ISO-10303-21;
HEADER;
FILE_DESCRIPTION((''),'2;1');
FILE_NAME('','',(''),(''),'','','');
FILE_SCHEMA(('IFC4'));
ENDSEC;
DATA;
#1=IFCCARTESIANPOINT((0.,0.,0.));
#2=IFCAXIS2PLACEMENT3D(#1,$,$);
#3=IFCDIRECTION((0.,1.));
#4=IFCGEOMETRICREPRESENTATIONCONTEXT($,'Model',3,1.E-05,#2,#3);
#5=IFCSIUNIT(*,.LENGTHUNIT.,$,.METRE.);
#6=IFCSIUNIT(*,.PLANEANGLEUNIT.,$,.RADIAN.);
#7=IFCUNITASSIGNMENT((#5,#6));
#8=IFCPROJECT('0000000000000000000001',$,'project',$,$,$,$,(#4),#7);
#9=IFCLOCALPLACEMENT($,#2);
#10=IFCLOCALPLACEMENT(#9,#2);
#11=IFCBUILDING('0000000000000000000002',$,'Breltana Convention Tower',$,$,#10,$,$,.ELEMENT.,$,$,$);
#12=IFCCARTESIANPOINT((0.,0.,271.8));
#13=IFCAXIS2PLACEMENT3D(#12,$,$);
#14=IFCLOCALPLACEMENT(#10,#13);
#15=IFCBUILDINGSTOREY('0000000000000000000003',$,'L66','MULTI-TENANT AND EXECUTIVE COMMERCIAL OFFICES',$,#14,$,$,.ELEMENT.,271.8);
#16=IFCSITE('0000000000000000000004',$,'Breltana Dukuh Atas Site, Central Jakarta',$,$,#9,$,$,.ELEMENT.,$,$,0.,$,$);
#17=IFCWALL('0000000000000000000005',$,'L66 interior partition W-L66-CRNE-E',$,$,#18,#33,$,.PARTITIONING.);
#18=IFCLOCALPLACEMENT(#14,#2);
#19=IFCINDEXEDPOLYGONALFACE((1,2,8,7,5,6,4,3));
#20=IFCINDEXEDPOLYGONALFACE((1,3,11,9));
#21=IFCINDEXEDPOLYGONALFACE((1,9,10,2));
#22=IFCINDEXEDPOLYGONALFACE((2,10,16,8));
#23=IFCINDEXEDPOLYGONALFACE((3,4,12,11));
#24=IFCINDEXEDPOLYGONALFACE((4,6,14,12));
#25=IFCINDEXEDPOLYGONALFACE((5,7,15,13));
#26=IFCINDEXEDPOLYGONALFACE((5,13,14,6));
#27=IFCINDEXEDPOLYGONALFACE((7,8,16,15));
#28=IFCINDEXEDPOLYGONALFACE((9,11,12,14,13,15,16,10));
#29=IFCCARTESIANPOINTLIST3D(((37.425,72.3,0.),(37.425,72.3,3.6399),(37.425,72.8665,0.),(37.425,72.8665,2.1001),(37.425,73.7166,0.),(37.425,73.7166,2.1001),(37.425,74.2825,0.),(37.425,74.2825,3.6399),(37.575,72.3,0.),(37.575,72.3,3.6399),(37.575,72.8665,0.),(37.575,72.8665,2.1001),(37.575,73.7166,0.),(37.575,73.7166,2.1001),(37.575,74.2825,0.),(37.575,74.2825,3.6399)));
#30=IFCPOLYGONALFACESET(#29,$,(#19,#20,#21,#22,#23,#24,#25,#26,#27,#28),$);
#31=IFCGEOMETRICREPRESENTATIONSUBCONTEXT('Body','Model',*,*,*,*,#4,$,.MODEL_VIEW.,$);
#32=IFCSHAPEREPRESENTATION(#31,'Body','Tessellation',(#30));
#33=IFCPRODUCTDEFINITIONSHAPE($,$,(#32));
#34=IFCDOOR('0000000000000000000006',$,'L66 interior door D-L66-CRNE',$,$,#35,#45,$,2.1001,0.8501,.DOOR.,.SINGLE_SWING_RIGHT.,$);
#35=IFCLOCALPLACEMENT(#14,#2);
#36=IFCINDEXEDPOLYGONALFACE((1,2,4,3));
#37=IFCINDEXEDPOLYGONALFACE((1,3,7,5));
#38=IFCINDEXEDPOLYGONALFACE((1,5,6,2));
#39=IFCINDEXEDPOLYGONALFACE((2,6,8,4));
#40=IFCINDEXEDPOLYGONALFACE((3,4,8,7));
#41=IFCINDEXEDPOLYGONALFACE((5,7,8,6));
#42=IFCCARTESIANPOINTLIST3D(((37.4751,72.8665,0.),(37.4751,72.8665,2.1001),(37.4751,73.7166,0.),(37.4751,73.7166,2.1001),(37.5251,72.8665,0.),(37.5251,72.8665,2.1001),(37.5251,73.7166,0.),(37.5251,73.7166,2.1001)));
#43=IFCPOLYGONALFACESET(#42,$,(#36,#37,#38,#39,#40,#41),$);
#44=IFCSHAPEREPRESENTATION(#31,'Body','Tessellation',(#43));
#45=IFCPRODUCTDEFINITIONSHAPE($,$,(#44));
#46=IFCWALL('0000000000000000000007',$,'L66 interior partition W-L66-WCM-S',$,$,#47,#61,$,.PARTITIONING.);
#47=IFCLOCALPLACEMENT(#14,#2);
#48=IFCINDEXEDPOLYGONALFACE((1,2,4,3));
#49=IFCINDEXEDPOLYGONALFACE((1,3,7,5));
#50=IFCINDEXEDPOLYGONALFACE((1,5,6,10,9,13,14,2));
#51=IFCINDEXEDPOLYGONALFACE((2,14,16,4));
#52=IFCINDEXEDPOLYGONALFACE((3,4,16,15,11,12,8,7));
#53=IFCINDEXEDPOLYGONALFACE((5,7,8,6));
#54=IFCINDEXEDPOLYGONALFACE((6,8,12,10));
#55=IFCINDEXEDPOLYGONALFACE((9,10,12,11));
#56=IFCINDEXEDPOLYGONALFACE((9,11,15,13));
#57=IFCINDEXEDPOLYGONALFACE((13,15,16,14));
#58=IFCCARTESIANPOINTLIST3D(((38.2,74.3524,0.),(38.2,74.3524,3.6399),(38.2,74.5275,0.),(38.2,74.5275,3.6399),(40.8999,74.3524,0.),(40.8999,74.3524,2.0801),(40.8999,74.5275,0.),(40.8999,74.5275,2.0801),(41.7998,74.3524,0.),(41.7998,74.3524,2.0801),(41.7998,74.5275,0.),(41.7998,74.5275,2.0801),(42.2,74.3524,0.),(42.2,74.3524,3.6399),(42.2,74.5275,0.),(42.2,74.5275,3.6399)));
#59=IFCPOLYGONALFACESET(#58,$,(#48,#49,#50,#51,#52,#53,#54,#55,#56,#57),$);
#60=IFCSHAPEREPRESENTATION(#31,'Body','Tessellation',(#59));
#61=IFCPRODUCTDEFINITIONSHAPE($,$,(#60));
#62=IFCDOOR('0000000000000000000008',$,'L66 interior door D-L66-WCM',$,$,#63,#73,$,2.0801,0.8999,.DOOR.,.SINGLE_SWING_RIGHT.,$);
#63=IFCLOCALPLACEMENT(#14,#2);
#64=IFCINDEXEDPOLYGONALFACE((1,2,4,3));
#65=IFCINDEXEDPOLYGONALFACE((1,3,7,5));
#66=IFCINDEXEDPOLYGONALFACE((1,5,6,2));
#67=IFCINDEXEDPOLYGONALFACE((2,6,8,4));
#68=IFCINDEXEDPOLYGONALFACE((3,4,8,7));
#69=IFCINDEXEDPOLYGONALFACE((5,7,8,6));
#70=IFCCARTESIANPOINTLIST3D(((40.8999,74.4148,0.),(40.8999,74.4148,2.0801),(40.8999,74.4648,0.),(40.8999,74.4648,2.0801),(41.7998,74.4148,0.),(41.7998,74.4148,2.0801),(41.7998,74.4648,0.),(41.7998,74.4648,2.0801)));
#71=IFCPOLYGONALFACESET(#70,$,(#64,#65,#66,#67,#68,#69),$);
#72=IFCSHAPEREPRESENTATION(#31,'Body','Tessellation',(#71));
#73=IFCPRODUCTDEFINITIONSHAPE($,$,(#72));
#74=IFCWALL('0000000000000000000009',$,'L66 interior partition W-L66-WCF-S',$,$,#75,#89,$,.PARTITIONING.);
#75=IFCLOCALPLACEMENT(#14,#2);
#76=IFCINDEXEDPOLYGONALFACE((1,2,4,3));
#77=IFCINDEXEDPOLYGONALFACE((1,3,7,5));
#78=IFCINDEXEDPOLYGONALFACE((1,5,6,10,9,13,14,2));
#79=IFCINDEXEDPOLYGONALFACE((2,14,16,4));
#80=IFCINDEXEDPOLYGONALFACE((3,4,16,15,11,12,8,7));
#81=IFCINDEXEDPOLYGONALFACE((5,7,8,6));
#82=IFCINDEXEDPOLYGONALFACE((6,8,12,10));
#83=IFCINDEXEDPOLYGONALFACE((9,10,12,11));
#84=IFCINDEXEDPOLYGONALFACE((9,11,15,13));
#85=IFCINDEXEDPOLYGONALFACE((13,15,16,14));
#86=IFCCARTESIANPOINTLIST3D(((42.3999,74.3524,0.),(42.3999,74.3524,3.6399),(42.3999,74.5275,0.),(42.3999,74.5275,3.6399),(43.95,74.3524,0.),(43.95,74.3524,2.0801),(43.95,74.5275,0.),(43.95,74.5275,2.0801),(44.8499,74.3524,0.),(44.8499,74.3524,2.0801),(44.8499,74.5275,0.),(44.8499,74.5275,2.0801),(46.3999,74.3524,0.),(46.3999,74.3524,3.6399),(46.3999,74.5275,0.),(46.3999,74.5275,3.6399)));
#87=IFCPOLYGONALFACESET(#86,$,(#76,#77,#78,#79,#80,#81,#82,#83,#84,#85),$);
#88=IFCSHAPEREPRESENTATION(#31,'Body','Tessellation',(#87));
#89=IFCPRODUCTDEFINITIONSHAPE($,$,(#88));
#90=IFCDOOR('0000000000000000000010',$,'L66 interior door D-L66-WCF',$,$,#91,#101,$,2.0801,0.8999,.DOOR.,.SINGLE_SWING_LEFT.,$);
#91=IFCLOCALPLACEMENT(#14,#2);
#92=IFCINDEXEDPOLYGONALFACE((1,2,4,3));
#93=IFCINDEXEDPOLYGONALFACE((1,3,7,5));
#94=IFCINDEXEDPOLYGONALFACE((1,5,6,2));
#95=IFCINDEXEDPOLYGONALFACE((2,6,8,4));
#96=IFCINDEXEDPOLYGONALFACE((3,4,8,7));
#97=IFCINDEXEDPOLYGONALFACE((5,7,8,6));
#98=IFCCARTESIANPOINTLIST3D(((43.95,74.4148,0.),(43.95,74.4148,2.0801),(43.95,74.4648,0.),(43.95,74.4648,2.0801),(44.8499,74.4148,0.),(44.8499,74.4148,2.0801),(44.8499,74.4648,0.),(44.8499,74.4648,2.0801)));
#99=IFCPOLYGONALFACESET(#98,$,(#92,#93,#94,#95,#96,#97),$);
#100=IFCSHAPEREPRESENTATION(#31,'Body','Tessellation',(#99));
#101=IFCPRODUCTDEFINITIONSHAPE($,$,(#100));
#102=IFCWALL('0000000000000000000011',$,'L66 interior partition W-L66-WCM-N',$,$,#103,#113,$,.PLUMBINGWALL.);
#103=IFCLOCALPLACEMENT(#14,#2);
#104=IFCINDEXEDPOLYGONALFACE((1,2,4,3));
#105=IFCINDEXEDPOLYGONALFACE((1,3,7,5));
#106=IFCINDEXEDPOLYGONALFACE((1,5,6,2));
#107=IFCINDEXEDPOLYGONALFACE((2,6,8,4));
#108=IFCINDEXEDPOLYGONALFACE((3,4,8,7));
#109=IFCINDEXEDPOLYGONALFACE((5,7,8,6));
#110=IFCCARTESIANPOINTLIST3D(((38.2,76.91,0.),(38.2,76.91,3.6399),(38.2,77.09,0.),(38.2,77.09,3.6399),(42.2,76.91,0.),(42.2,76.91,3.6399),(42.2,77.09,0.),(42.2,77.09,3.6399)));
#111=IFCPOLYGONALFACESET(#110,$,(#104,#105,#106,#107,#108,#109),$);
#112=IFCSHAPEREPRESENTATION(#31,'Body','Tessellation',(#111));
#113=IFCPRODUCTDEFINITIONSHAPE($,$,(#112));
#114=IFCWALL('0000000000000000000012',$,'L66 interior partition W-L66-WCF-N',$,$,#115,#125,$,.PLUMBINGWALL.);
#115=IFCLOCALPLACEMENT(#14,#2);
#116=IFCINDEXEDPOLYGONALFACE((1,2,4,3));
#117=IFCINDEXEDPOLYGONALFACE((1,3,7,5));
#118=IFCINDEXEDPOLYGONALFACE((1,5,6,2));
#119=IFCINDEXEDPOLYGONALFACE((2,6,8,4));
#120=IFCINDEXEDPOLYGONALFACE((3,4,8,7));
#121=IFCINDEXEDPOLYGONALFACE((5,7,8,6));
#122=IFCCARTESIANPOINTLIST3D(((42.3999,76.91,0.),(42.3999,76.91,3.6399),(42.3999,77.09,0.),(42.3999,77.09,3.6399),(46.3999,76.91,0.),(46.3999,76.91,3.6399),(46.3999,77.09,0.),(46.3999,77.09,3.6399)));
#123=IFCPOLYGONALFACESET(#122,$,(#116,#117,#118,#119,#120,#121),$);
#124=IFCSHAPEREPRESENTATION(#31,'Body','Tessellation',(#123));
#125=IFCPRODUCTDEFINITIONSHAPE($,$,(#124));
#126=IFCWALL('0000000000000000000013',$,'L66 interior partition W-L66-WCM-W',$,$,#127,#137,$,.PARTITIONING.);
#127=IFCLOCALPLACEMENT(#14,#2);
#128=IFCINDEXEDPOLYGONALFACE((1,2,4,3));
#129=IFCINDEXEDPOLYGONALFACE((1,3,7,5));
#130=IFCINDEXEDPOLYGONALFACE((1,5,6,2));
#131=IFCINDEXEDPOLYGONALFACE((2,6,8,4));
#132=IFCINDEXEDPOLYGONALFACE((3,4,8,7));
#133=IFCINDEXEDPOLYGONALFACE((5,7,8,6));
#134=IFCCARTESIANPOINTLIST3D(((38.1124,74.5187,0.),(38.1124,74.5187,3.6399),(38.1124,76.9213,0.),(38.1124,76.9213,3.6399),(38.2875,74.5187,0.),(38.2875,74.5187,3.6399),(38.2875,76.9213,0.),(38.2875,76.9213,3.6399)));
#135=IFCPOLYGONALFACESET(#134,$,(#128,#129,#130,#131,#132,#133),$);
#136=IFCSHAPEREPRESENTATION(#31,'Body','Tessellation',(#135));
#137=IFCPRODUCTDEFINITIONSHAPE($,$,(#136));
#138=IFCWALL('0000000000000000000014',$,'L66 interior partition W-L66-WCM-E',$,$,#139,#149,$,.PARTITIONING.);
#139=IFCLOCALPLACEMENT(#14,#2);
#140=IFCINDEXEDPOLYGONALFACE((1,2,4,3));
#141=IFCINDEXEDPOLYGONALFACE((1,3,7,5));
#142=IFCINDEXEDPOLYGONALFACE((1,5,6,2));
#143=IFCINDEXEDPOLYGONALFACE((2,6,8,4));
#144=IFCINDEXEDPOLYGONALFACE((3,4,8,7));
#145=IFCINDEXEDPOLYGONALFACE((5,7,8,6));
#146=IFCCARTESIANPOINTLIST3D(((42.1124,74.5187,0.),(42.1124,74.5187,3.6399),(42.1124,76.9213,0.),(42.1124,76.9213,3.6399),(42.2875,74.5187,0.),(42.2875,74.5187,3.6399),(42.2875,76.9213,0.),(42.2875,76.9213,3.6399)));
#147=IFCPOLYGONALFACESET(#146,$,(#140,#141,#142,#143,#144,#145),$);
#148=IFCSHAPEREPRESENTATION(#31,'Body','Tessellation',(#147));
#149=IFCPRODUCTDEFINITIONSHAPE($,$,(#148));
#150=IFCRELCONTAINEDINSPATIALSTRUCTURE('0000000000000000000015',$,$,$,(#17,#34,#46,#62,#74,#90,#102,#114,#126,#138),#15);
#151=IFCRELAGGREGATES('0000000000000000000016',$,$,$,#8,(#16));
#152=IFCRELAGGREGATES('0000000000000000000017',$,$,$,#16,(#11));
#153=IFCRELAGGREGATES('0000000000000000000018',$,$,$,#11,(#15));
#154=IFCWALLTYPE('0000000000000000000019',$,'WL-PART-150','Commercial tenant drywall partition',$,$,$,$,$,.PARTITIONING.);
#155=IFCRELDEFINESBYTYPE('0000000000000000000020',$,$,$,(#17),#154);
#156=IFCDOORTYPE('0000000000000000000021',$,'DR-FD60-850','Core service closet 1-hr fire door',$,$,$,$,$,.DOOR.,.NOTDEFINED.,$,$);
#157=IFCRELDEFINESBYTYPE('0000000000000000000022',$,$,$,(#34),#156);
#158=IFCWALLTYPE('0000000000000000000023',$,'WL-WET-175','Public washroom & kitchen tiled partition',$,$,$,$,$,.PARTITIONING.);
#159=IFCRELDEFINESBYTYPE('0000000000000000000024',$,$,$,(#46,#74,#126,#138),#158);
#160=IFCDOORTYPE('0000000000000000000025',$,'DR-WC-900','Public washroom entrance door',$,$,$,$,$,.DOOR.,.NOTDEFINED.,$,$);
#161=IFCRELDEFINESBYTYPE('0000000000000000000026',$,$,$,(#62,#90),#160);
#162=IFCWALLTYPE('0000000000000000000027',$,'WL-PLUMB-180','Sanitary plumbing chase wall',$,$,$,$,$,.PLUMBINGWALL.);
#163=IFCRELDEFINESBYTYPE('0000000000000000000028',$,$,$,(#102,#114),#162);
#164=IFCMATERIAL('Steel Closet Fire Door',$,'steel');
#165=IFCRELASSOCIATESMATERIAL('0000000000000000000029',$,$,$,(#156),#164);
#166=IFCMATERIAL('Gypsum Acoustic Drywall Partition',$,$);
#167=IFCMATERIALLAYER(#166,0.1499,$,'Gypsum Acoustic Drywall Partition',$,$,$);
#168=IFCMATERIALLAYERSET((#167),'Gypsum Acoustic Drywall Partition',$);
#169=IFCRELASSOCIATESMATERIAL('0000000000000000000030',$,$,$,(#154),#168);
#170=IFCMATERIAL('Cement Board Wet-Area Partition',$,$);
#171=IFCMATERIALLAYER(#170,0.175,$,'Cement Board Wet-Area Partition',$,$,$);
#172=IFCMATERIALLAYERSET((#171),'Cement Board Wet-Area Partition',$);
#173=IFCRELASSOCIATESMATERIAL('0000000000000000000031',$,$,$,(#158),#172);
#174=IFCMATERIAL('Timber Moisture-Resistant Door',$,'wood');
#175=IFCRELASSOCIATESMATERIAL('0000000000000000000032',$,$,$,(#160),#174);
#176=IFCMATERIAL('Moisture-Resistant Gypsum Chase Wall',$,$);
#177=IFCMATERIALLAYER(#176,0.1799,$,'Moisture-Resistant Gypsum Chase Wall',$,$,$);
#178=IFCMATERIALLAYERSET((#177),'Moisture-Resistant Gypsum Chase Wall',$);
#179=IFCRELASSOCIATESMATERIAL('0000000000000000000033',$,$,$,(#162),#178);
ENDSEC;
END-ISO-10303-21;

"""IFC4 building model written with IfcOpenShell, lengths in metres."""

from ifc_helpers import new_model, si_unit, direction, frame, frame_2d, origin, place, context, subcontext, project, spatial, rectangle, extrude, source, transform, mapped, material, layer, layer_set, type_object, type_shapes, element, fill, save


model = new_model("IFC4")

# Units and contexts
model_context = context("Model", 3, precision=1e-05, world=origin(), true_north=direction((0.0, 1.0)))
body_context = subcontext(model_context, "Body", "Model", "MODEL_VIEW")
ifc_project = project(units=[si_unit("LENGTHUNIT", "METRE"), si_unit("PLANEANGLEUNIT", "RADIAN")], contexts=[model_context])

# Site, building, storey
site_placement = place(None, origin())
site = spatial("IfcSite", under=ifc_project, at=site_placement, Name="Breltana Dukuh Atas Site, Central Jakarta", CompositionType="ELEMENT", RefElevation=0.0)
building_placement = place(site_placement, origin())
building = spatial("IfcBuilding", under=site, at=building_placement, Name="Breltana Convention Tower", CompositionType="ELEMENT")
storey_placement = place(building_placement, frame((0.0, 0.0, 271.8)))
storey = spatial("IfcBuildingStorey", under=building, at=storey_placement, Name="L66", Description="MULTI-TENANT AND EXECUTIVE COMMERCIAL OFFICES", CompositionType="ELEMENT", Elevation=271.8)

# Shared definitions
ifc_material_1 = material(Name="Steel Closet Fire Door", Category="steel")
door_type_1 = type_object("IfcDoorType", Name="DR-FD60-850", Description="Core service closet 1-hr fire door", OperationType="NOTDEFINED", PredefinedType="DOOR", material=ifc_material_1)
shared_shape_1 = source(origin(), body_context, "Body", "SweptSolid", [
    extrude(rectangle(XDim=0.8501, YDim=2.1001, at=frame_2d((0.425, 1.05))), frame((0.0, 0.0249, 0.0), z_axis=(0.0, -1.0, 0.0), x_axis=(1.0, 0.0, 0.0)), (0.0, 0.0, 1.0), 0.05),
])
type_shapes(door_type_1, [shared_shape_1])

# Walls, openings, doors
ifc_material_2 = material(Name="Gypsum Acoustic Drywall Partition")
ifc_layer_1 = layer(ifc_material_2, 0.1499, Name="Gypsum Acoustic Drywall Partition")
ifc_layer_set_1 = layer_set([ifc_layer_1], Name="Gypsum Acoustic Drywall Partition")
wall_type_1 = type_object("IfcWallType", Name="WL-PART-150", Description="Commercial tenant drywall partition", PredefinedType="PARTITIONING", material=ifc_layer_set_1)
shared_shape_2 = source(origin(), body_context, "Body", "SweptSolid", [
    extrude(rectangle(XDim=1.9824, YDim=0.1499, at=frame_2d((0.9912, 0.0))), origin(), (0.0, 0.0, 1.0), 3.6399),
])
wall_1_placement = place(storey_placement, frame((37.5, 72.3, 0.0), z_axis=(0.0, 0.0, 1.0), x_axis=(0.0, 1.0, 0.0)))
wall_1 = element("IfcWall", 1, at=wall_1_placement, inside=storey, type_object=wall_type_1, Name="L66 interior partition W-L66-CRNE-E", PredefinedType="PARTITIONING", context=body_context, shape_type="MappedRepresentation", body=[
    mapped(shared_shape_2, transform((0.0, 0.0, 0.0), scale=1.0)),
])
opening_1_placement = place(wall_1_placement, frame((0.5664, 0.0, 0.0)))
opening_1 = element("IfcOpeningElement", 2, at=opening_1_placement, cuts=wall_1, PredefinedType="OPENING", context=body_context, shape_type="SweptSolid", body=[
    extrude(rectangle(XDim=0.8501, YDim=2.1001, at=frame_2d((0.425, 1.05))), frame((0.0, 0.085, 0.0), z_axis=(0.0, -1.0, 0.0), x_axis=(1.0, 0.0, 0.0)), (0.0, 0.0, 1.0), 0.1699),
])
door_1_placement = place(opening_1_placement, origin())
door_1 = element("IfcDoor", 3, at=door_1_placement, inside=storey, type_object=door_type_1, Name="L66 interior door D-L66-CRNE", OperationType="SINGLE_SWING_RIGHT", OverallHeight=2.1001, OverallWidth=0.8501, PredefinedType="DOOR", context=body_context, shape_type="MappedRepresentation", body=[
    mapped(shared_shape_1, transform((0.0, 0.0, 0.0), scale=1.0)),
])
fill(opening_1, door_1)
ifc_material_3 = material(Name="Cement Board Wet-Area Partition")
ifc_layer_2 = layer(ifc_material_3, 0.175, Name="Cement Board Wet-Area Partition")
ifc_layer_set_2 = layer_set([ifc_layer_2], Name="Cement Board Wet-Area Partition")
wall_type_2 = type_object("IfcWallType", Name="WL-WET-175", Description="Public washroom & kitchen tiled partition", PredefinedType="PARTITIONING", material=ifc_layer_set_2)
shared_shape_3 = source(origin(), body_context, "Body", "SweptSolid", [
    extrude(rectangle(XDim=4.0, YDim=0.175, at=frame_2d((2.0, 0.0))), origin(), (0.0, 0.0, 1.0), 3.6399),
])
wall_2_placement = place(storey_placement, frame((38.2, 74.4399, 0.0), z_axis=(0.0, 0.0, 1.0), x_axis=(1.0, 0.0, 0.0)))
wall_2 = element("IfcWall", 4, at=wall_2_placement, inside=storey, type_object=wall_type_2, Name="L66 interior partition W-L66-WCM-S", PredefinedType="PARTITIONING", context=body_context, shape_type="MappedRepresentation", body=[
    mapped(shared_shape_3, transform((0.0, 0.0, 0.0), scale=1.0)),
])
opening_2_placement = place(wall_2_placement, frame((2.7, 0.0, 0.0)))
opening_2 = element("IfcOpeningElement", 5, at=opening_2_placement, cuts=wall_2, PredefinedType="OPENING", context=body_context, shape_type="SweptSolid", body=[
    extrude(rectangle(XDim=0.8999, YDim=2.0801, at=frame_2d((0.45, 1.04))), frame((0.0, 0.0977, 0.0), z_axis=(0.0, -1.0, 0.0), x_axis=(1.0, 0.0, 0.0)), (0.0, 0.0, 1.0), 0.1951),
])
ifc_material_4 = material(Name="Timber Moisture-Resistant Door", Category="wood")
door_type_2 = type_object("IfcDoorType", Name="DR-WC-900", Description="Public washroom entrance door", OperationType="NOTDEFINED", PredefinedType="DOOR", material=ifc_material_4)
shared_shape_4 = source(origin(), body_context, "Body", "SweptSolid", [
    extrude(rectangle(XDim=0.8999, YDim=2.0801, at=frame_2d((0.45, 1.04))), frame((0.0, 0.0249, 0.0), z_axis=(0.0, -1.0, 0.0), x_axis=(1.0, 0.0, 0.0)), (0.0, 0.0, 1.0), 0.05),
])
type_shapes(door_type_2, [shared_shape_4])
door_2_placement = place(opening_2_placement, origin())
door_2 = element("IfcDoor", 6, at=door_2_placement, inside=storey, type_object=door_type_2, Name="L66 interior door D-L66-WCM", OperationType="SINGLE_SWING_RIGHT", OverallHeight=2.0801, OverallWidth=0.8999, PredefinedType="DOOR", context=body_context, shape_type="MappedRepresentation", body=[
    mapped(shared_shape_4, transform((0.0, 0.0, 0.0), scale=1.0)),
])
fill(opening_2, door_2)
wall_3_placement = place(storey_placement, frame((42.3999, 74.4399, 0.0), z_axis=(0.0, 0.0, 1.0), x_axis=(1.0, 0.0, 0.0)))
wall_3 = element("IfcWall", 7, at=wall_3_placement, inside=storey, type_object=wall_type_2, Name="L66 interior partition W-L66-WCF-S", PredefinedType="PARTITIONING", context=body_context, shape_type="MappedRepresentation", body=[
    mapped(shared_shape_3, transform((0.0, 0.0, 0.0), scale=1.0)),
])
opening_3_placement = place(wall_3_placement, frame((1.55, 0.0, 0.0)))
opening_3 = element("IfcOpeningElement", 8, at=opening_3_placement, cuts=wall_3, PredefinedType="OPENING", context=body_context, shape_type="SweptSolid", body=[
    extrude(rectangle(XDim=0.8999, YDim=2.0801, at=frame_2d((0.45, 1.04))), frame((0.0, 0.0977, 0.0), z_axis=(0.0, -1.0, 0.0), x_axis=(1.0, 0.0, 0.0)), (0.0, 0.0, 1.0), 0.1951),
])
door_3_placement = place(opening_3_placement, origin())
door_3 = element("IfcDoor", 9, at=door_3_placement, inside=storey, type_object=door_type_2, Name="L66 interior door D-L66-WCF", OperationType="SINGLE_SWING_LEFT", OverallHeight=2.0801, OverallWidth=0.8999, PredefinedType="DOOR", context=body_context, shape_type="MappedRepresentation", body=[
    mapped(shared_shape_4, transform((0.0, 0.0, 0.0), scale=1.0)),
])
fill(opening_3, door_3)

# Walls
ifc_material_5 = material(Name="Moisture-Resistant Gypsum Chase Wall")
ifc_layer_3 = layer(ifc_material_5, 0.1799, Name="Moisture-Resistant Gypsum Chase Wall")
ifc_layer_set_3 = layer_set([ifc_layer_3], Name="Moisture-Resistant Gypsum Chase Wall")
wall_type_3 = type_object("IfcWallType", Name="WL-PLUMB-180", Description="Sanitary plumbing chase wall", PredefinedType="PLUMBINGWALL", material=ifc_layer_set_3)
shared_shape_5 = source(origin(), body_context, "Body", "SweptSolid", [
    extrude(rectangle(XDim=4.0, YDim=0.1799, at=frame_2d((2.0, 0.0))), origin(), (0.0, 0.0, 1.0), 3.6399),
])
for number, where, z_axis, x_axis, name in (
    (10, (38.2, 77.0, 0.0), (0.0, 0.0, 1.0), (1.0, 0.0, 0.0), "L66 interior partition W-L66-WCM-N"),
    (11, (42.3999, 77.0, 0.0), (0.0, 0.0, 1.0), (1.0, 0.0, 0.0), "L66 interior partition W-L66-WCF-N"),
):
    element("IfcWall", number, at=place(storey_placement, frame(where, z_axis=z_axis, x_axis=x_axis)), inside=storey, type_object=wall_type_3, Name=name, PredefinedType="PLUMBINGWALL", context=body_context, shape_type="MappedRepresentation", body=[
        mapped(shared_shape_5, transform((0.0, 0.0, 0.0), scale=1.0)),
    ])
shared_shape_6 = source(origin(), body_context, "Body", "SweptSolid", [
    extrude(rectangle(XDim=2.4026, YDim=0.175, at=frame_2d((1.2012, 0.0))), origin(), (0.0, 0.0, 1.0), 3.6399),
])
for number, where, z_axis, x_axis, name in (
    (12, (38.2, 74.5188, 0.0), (0.0, 0.0, 1.0), (0.0, 1.0, 0.0), "L66 interior partition W-L66-WCM-W"),
    (13, (42.2, 74.5188, 0.0), (0.0, 0.0, 1.0), (0.0, 1.0, 0.0), "L66 interior partition W-L66-WCM-E"),
):
    element("IfcWall", number, at=place(storey_placement, frame(where, z_axis=z_axis, x_axis=x_axis)), inside=storey, type_object=wall_type_2, Name=name, PredefinedType="PARTITIONING", context=body_context, shape_type="MappedRepresentation", body=[
        mapped(shared_shape_6, transform((0.0, 0.0, 0.0), scale=1.0)),
    ])

save(model, "model.ifc")
